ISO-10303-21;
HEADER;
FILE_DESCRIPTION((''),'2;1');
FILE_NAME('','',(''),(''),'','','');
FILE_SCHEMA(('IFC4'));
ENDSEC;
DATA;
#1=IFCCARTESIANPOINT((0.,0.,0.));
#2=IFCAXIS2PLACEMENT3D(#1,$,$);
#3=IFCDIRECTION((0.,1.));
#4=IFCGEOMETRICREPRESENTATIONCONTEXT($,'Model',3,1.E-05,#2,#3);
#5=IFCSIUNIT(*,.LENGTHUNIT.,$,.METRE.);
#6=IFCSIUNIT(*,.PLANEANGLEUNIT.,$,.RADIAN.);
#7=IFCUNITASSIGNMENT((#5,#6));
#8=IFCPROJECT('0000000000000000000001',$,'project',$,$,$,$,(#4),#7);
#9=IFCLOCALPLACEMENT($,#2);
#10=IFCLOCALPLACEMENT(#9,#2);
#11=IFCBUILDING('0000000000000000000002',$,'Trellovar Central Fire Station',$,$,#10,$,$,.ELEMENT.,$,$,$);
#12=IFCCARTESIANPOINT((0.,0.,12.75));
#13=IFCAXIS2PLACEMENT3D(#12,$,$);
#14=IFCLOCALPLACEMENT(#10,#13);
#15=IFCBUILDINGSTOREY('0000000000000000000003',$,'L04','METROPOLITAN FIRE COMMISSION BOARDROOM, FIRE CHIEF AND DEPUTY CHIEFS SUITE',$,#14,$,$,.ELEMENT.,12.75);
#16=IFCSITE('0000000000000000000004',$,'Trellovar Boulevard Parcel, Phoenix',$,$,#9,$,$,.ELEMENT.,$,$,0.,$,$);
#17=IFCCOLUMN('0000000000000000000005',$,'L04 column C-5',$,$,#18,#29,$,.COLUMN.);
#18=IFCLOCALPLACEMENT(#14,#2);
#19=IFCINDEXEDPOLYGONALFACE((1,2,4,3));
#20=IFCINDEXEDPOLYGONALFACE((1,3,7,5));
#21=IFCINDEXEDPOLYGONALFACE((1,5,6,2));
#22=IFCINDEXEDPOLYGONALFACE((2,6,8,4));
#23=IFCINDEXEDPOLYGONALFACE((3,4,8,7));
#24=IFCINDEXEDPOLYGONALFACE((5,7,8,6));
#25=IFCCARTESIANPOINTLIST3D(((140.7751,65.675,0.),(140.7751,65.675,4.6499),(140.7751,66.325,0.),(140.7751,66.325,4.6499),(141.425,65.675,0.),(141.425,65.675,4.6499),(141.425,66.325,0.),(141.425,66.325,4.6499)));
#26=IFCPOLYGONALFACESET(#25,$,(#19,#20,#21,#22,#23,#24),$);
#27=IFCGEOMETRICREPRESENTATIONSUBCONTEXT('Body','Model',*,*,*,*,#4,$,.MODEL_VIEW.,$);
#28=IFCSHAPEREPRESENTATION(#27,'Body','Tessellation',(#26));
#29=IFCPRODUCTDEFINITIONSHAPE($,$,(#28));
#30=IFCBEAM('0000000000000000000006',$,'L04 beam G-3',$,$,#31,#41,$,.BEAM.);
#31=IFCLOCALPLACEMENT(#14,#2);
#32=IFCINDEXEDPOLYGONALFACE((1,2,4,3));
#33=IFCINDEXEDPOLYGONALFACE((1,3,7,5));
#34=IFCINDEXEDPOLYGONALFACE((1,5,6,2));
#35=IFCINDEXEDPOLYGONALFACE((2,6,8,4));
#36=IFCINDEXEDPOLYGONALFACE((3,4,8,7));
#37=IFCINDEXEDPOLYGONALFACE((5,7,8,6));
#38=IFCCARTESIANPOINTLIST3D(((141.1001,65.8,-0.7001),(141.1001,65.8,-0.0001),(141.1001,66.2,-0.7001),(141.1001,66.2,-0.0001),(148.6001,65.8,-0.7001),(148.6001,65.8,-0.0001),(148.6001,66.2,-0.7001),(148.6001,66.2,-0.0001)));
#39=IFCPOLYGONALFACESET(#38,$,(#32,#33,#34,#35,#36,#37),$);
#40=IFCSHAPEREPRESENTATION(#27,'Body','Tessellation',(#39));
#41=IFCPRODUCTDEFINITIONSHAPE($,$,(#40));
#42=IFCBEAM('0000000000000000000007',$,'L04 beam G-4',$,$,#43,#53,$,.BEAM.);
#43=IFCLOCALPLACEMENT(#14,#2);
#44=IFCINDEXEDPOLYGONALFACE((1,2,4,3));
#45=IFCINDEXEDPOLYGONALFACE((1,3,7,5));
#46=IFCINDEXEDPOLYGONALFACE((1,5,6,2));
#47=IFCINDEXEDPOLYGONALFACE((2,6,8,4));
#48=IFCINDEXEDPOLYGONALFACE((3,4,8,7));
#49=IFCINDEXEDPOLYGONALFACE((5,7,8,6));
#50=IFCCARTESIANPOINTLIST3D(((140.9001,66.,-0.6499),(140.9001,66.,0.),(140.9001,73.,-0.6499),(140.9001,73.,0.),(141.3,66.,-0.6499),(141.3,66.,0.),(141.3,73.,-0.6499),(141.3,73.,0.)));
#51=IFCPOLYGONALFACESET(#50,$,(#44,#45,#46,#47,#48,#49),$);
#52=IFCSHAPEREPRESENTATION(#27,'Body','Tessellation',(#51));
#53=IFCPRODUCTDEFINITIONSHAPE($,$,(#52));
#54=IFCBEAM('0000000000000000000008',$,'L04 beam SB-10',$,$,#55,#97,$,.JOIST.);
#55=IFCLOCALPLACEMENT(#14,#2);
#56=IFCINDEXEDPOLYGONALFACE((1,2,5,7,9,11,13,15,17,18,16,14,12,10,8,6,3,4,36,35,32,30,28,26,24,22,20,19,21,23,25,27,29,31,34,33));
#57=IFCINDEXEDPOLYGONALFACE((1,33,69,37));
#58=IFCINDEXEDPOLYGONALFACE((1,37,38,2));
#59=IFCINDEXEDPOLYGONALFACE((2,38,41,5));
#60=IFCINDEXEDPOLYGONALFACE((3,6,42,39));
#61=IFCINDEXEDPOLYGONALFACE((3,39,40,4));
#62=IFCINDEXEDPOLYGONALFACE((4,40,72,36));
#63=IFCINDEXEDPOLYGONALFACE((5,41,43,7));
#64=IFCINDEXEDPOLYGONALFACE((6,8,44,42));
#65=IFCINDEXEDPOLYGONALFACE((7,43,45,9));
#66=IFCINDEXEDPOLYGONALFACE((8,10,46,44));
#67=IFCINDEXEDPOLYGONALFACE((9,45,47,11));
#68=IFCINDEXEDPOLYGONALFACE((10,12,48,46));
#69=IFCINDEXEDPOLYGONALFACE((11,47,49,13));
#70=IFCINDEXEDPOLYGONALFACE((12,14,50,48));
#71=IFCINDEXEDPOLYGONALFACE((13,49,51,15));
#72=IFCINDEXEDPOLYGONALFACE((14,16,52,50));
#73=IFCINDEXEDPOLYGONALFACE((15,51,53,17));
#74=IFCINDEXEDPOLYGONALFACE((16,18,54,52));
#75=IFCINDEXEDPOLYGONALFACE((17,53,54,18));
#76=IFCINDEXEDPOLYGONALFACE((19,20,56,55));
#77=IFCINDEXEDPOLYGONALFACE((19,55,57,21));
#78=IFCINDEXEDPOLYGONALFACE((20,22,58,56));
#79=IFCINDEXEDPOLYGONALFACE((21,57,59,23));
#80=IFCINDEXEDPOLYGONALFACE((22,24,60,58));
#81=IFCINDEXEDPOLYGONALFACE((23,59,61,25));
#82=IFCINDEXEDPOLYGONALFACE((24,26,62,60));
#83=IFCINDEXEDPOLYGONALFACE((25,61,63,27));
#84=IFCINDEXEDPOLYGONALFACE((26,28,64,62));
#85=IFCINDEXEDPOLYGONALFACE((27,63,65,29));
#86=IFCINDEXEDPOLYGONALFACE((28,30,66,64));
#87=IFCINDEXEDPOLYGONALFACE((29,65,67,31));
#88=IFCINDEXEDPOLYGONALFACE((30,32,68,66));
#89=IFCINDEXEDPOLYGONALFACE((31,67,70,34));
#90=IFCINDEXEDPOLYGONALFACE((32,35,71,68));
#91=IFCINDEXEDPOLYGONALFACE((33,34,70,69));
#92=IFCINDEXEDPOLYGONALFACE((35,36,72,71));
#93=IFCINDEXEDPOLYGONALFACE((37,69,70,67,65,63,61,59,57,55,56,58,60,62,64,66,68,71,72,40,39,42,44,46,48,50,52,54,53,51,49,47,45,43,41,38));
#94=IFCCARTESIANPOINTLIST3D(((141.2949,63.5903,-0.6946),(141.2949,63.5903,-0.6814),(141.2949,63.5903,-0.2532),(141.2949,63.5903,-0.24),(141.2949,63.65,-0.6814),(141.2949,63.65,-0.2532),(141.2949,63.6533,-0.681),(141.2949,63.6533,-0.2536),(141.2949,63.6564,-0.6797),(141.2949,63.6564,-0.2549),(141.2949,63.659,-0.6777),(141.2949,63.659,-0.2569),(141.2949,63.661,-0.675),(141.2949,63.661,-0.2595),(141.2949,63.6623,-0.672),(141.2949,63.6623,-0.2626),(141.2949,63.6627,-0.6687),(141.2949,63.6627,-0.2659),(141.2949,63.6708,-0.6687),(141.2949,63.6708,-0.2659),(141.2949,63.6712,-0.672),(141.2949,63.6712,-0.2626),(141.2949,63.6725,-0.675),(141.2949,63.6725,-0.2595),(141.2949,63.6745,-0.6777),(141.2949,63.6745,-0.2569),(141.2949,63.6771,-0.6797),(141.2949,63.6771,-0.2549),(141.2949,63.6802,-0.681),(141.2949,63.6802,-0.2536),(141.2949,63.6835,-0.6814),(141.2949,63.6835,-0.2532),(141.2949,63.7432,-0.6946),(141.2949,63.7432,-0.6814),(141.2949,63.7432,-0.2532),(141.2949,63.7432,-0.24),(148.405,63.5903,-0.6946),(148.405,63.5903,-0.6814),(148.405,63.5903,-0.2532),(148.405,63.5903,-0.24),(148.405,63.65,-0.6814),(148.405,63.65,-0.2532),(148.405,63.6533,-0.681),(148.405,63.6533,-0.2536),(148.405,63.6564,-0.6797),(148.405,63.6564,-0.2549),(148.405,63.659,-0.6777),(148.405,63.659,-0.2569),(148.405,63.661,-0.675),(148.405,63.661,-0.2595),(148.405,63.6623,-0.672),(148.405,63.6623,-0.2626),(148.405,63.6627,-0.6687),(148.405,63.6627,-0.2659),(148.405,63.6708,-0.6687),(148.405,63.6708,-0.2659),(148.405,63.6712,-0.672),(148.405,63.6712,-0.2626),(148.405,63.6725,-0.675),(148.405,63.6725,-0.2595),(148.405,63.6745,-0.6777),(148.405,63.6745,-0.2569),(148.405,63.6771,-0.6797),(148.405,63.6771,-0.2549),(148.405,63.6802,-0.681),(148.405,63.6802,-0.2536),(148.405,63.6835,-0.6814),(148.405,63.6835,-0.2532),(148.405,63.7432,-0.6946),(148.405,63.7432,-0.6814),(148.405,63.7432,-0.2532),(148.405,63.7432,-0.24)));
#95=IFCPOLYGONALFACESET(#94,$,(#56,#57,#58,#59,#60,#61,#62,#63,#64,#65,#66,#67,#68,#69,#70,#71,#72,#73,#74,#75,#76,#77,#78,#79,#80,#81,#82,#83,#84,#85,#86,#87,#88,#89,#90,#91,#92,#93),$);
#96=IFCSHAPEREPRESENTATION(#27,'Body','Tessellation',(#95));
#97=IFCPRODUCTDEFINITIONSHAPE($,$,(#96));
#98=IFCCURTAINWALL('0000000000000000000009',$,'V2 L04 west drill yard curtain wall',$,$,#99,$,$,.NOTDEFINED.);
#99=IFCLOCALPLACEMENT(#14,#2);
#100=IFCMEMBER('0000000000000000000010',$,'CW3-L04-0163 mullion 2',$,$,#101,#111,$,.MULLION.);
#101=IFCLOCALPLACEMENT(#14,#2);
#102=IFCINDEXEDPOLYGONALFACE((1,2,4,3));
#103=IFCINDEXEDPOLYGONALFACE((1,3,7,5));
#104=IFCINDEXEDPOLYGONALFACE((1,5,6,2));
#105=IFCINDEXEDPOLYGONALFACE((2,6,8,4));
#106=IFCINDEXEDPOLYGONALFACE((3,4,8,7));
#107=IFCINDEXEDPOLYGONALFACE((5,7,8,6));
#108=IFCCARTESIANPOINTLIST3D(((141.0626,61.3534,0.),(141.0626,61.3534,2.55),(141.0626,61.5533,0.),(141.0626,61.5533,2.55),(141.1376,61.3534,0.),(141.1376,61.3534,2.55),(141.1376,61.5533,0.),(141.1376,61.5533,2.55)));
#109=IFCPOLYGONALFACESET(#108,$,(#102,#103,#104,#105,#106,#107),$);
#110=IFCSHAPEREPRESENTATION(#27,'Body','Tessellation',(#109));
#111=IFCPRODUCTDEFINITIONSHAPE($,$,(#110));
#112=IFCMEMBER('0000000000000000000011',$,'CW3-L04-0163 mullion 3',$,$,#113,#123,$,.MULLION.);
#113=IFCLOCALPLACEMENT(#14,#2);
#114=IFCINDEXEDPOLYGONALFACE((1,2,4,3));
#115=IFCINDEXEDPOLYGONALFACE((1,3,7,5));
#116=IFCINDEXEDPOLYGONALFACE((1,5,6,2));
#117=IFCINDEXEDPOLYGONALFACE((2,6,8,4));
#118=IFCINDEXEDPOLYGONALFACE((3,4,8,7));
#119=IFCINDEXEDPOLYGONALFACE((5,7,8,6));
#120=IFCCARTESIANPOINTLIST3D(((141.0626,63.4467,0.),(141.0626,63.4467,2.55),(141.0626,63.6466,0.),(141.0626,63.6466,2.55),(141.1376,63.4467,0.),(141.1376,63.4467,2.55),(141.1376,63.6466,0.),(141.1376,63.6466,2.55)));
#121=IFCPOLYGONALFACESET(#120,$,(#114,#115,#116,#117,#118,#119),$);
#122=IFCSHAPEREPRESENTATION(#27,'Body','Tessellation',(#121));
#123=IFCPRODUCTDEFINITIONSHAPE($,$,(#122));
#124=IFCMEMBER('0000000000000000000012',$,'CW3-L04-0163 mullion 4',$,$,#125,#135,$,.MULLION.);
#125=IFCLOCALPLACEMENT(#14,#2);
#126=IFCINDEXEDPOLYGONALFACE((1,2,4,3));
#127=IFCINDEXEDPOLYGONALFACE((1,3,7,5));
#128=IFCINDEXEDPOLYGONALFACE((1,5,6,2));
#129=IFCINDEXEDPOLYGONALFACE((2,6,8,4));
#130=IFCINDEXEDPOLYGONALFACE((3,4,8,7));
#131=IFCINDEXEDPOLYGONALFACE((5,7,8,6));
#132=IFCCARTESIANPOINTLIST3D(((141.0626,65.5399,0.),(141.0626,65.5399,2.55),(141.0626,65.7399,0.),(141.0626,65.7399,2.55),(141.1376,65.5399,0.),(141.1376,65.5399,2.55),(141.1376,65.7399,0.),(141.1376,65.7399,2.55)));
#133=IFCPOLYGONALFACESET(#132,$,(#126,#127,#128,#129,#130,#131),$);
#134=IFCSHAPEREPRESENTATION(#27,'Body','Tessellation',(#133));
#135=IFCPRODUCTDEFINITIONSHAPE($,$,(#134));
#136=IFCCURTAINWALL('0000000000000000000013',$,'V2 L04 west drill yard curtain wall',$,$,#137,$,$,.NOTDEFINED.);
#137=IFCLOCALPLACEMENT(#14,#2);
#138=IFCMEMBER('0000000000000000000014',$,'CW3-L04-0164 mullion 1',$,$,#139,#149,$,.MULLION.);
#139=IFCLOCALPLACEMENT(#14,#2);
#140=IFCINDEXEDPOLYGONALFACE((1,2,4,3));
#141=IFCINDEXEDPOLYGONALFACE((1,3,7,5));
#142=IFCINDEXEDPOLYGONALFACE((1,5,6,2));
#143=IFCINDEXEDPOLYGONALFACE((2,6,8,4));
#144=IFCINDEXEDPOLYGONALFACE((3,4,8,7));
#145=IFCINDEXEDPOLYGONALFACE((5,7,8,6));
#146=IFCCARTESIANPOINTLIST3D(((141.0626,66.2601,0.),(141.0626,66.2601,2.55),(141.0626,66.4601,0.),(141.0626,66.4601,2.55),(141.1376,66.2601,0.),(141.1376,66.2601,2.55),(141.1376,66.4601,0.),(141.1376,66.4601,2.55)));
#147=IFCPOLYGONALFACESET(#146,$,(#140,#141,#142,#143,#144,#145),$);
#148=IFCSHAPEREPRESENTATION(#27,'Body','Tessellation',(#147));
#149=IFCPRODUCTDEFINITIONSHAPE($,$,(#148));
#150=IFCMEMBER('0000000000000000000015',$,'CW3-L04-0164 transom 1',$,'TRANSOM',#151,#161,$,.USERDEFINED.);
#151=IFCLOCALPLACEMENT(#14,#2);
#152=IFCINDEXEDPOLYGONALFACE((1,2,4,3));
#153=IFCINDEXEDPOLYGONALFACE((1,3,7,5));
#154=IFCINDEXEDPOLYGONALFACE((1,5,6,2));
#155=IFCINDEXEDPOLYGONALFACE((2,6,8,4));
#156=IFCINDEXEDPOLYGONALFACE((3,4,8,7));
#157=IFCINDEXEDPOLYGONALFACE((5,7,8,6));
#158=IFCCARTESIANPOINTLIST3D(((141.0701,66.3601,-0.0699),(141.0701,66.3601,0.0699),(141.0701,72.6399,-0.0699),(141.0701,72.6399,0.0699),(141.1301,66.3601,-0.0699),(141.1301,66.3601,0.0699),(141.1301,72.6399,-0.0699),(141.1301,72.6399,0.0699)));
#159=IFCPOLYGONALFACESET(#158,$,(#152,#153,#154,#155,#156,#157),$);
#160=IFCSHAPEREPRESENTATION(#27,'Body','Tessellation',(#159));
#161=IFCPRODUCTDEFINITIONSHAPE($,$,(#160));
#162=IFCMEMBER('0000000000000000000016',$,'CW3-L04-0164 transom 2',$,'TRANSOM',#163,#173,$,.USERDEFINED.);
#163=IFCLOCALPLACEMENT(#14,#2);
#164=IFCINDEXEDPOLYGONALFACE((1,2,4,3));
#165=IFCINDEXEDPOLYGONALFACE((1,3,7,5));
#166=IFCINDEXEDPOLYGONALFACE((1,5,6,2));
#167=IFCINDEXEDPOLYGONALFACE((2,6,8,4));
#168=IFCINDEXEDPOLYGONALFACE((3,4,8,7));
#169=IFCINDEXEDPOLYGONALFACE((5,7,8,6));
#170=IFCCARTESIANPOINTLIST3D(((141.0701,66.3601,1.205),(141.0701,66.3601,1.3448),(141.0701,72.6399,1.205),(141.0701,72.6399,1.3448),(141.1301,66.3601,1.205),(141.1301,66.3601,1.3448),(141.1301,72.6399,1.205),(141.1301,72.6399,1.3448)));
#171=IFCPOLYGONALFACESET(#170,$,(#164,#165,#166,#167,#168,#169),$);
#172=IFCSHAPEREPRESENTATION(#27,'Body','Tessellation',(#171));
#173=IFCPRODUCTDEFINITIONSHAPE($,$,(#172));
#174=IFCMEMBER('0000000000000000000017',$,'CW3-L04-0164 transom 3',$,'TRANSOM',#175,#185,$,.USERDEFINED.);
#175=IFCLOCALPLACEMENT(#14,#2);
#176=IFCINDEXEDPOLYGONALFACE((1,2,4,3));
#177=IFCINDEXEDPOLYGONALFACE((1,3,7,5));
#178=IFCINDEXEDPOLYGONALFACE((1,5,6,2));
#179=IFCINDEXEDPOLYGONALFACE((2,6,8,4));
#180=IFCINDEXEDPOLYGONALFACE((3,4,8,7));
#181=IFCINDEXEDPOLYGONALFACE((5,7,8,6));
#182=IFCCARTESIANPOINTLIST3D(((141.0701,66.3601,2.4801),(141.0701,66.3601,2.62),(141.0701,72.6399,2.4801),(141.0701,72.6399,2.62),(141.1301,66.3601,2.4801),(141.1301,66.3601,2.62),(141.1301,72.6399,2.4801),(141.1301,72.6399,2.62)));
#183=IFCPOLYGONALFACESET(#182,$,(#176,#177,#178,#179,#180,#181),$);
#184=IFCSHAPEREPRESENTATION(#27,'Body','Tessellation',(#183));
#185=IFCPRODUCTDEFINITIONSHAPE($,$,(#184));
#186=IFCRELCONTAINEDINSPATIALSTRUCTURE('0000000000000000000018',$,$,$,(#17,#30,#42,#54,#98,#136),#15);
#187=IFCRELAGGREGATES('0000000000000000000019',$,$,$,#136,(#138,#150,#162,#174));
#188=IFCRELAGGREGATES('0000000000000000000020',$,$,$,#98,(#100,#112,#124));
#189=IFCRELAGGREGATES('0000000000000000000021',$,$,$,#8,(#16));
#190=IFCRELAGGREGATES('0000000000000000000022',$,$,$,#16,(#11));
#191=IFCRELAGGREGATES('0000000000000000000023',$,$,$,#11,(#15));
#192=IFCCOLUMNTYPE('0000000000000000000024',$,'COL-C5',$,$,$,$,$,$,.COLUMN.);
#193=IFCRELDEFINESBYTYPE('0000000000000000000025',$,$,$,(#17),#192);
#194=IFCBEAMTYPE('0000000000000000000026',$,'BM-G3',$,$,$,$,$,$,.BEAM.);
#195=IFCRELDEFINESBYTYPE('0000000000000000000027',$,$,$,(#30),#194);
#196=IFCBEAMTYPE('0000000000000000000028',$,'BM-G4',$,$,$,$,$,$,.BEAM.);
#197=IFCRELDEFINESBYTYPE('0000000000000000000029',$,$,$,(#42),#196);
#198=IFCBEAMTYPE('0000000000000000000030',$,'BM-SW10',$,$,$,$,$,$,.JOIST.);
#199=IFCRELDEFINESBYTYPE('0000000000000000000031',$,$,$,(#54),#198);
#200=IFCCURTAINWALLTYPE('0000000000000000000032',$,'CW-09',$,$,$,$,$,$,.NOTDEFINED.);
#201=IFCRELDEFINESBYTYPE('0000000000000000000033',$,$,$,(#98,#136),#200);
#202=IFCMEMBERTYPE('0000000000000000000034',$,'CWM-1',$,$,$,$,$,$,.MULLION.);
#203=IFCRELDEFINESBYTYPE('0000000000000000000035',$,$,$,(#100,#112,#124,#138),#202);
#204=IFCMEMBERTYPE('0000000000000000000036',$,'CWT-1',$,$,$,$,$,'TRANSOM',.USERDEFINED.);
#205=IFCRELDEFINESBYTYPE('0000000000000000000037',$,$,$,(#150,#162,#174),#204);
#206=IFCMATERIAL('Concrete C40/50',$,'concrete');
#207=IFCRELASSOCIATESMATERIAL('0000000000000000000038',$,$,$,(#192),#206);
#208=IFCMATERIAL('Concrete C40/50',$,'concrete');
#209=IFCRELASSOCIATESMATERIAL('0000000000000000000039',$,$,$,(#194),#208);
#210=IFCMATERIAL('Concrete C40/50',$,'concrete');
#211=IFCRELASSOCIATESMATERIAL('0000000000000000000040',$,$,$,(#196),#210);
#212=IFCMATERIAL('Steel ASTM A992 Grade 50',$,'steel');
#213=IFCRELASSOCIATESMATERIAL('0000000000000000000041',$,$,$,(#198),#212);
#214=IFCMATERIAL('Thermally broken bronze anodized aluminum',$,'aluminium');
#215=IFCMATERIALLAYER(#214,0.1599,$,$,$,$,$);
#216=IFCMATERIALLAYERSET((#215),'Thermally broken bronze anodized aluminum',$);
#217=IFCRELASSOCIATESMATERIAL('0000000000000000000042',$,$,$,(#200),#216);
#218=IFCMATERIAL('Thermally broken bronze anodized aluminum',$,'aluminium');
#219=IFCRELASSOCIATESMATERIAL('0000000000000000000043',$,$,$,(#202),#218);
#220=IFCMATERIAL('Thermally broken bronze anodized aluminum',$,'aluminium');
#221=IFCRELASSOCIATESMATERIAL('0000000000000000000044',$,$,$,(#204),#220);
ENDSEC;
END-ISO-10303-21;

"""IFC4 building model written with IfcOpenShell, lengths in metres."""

from ifc_helpers import new_model, si_unit, direction, frame, origin, origin_2d, place, context, subcontext, project, spatial, rectangle, i_section, extrude, material, layer, layer_set, material_profile, profile_set, type_object, element, aggregate, save


model = new_model("IFC4")

# Units and contexts
model_context = context("Model", 3, precision=1e-05, world=origin(), true_north=direction((0.0, 1.0)))
body_context = subcontext(model_context, "Body", "Model", "MODEL_VIEW")
ifc_project = project(units=[si_unit("LENGTHUNIT", "METRE"), si_unit("PLANEANGLEUNIT", "RADIAN")], contexts=[model_context])

# Site, building, storey
site_placement = place(None, origin())
site = spatial("IfcSite", under=ifc_project, at=site_placement, Name="Trellovar Boulevard Parcel, Phoenix", CompositionType="ELEMENT", RefElevation=0.0)
building_placement = place(site_placement, origin())
building = spatial("IfcBuilding", under=site, at=building_placement, Name="Trellovar Central Fire Station", CompositionType="ELEMENT")
storey_placement = place(building_placement, frame((0.0, 0.0, 12.75)))
storey = spatial("IfcBuildingStorey", under=building, at=storey_placement, Name="L04", Description="METROPOLITAN FIRE COMMISSION BOARDROOM, FIRE CHIEF AND DEPUTY CHIEFS SUITE", CompositionType="ELEMENT", Elevation=12.75)

# Column
ifc_material_1 = material(Name="Concrete C40/50", Category="concrete")
ifc_material_profile_1 = material_profile(ifc_material_1, rectangle(XDim=0.6499, YDim=0.6499, at=origin_2d()), Name="RC650X650")
ifc_profile_set_1 = profile_set([ifc_material_profile_1], Name="Concrete C40/50")
column_type = type_object("IfcColumnType", Name="COL-C5", PredefinedType="COLUMN", material=ifc_profile_set_1)
column_placement = place(storey_placement, frame((141.1001, 66.0, 0.0), z_axis=(0.0, 0.0, 1.0), x_axis=(1.0, 0.0, 0.0)))
element("IfcColumn", 1, at=column_placement, inside=storey, type_object=column_type, Name="L04 column C-5", PredefinedType="COLUMN", context=body_context, shape_type="SweptSolid", body=[
    extrude(rectangle(XDim=0.6499, YDim=0.6499, at=origin_2d()), origin(), (0.0, 0.0, 1.0), 4.6499),
])

# Beams
ifc_material_2 = material(Name="Concrete C40/50", Category="concrete")
ifc_material_profile_2 = material_profile(ifc_material_2, rectangle(XDim=0.3999, YDim=0.7, at=origin_2d()), Name="RC400X700")
ifc_profile_set_2 = profile_set([ifc_material_profile_2], Name="Concrete C40/50")
beam_type_1 = type_object("IfcBeamType", Name="BM-G3", PredefinedType="BEAM", material=ifc_profile_set_2)
beam_1_placement = place(storey_placement, frame((141.1001, 66.0, -0.3501), z_axis=(1.0, 0.0, 0.0), x_axis=(0.0, 1.0, 0.0)))
element("IfcBeam", 2, at=beam_1_placement, inside=storey, type_object=beam_type_1, Name="L04 beam G-3", PredefinedType="BEAM", context=body_context, shape_type="SweptSolid", body=[
    extrude(rectangle(XDim=0.3999, YDim=0.7, at=origin_2d()), origin(), (0.0, 0.0, 1.0), 7.5),
])
ifc_material_3 = material(Name="Concrete C40/50", Category="concrete")
ifc_material_profile_3 = material_profile(ifc_material_3, rectangle(XDim=0.3999, YDim=0.6499, at=origin_2d()), Name="RC400X650")
ifc_profile_set_3 = profile_set([ifc_material_profile_3], Name="Concrete C40/50")
beam_type_2 = type_object("IfcBeamType", Name="BM-G4", PredefinedType="BEAM", material=ifc_profile_set_3)
beam_2_placement = place(storey_placement, frame((141.1001, 66.0, -0.325), z_axis=(0.0, 1.0, 0.0), x_axis=(-1.0, 0.0, 0.0)))
element("IfcBeam", 3, at=beam_2_placement, inside=storey, type_object=beam_type_2, Name="L04 beam G-4", PredefinedType="BEAM", context=body_context, shape_type="SweptSolid", body=[
    extrude(rectangle(XDim=0.3999, YDim=0.6499, at=origin_2d()), origin(), (0.0, 0.0, 1.0), 7.0),
])
ifc_material_4 = material(Name="Steel ASTM A992 Grade 50", Category="steel")
ifc_material_profile_4 = material_profile(ifc_material_4, i_section(OverallWidth=0.1528, OverallDepth=0.4546, WebThickness=0.0081, FlangeThickness=0.0132, FilletRadius=0.0127, at=origin_2d()), Name="W18X40")
ifc_profile_set_4 = profile_set([ifc_material_profile_4], Name="Steel ASTM A992 Grade 50")
beam_type_3 = type_object("IfcBeamType", Name="BM-SW10", PredefinedType="JOIST", material=ifc_profile_set_4)
beam_3_placement = place(storey_placement, frame((141.2949, 63.6667, -0.4673), z_axis=(1.0, 0.0, 0.0), x_axis=(0.0, 1.0, 0.0)))
element("IfcBeam", 4, at=beam_3_placement, inside=storey, type_object=beam_type_3, Name="L04 beam SB-10", PredefinedType="JOIST", context=body_context, shape_type="SweptSolid", body=[
    extrude(i_section(OverallWidth=0.1528, OverallDepth=0.4546, WebThickness=0.0081, FlangeThickness=0.0132, FilletRadius=0.0127, at=origin_2d()), origin(), (0.0, 0.0, 1.0), 7.1101),
])

# Curtain walls, members
ifc_material_5 = material(Name="Thermally broken bronze anodized aluminum", Category="aluminium")
ifc_layer_1 = layer(ifc_material_5, 0.1599)
ifc_layer_set_1 = layer_set([ifc_layer_1], Name="Thermally broken bronze anodized aluminum")
curtain_wall_type = type_object("IfcCurtainWallType", Name="CW-09", PredefinedType="NOTDEFINED", material=ifc_layer_set_1)
curtain_wall_1_placement = place(storey_placement, origin())
curtain_wall_1 = element("IfcCurtainWall", 5, at=curtain_wall_1_placement, inside=storey, type_object=curtain_wall_type, Name="V2 L04 west drill yard curtain wall", PredefinedType="NOTDEFINED")
ifc_material_6 = material(Name="Thermally broken bronze anodized aluminum", Category="aluminium")
ifc_material_profile_5 = material_profile(ifc_material_6, rectangle(XDim=0.075, YDim=0.2, at=origin_2d()), Name="ALU75X200")
ifc_profile_set_5 = profile_set([ifc_material_profile_5], Name="Thermally broken bronze anodized aluminum")
member_type_1 = type_object("IfcMemberType", Name="CWM-1", PredefinedType="MULLION", material=ifc_profile_set_5)
member_1_placement = place(storey_placement, frame((141.1001, 61.4534, 0.0), z_axis=(0.0, 0.0, 1.0), x_axis=(1.0, 0.0, 0.0)))
member_1 = element("IfcMember", 6, at=member_1_placement, type_object=member_type_1, Name="CW3-L04-0163 mullion 2", PredefinedType="MULLION", context=body_context, shape_type="SweptSolid", body=[
    extrude(rectangle(XDim=0.075, YDim=0.2, at=origin_2d()), origin(), (0.0, 0.0, 1.0), 2.55),
])
member_2_placement = place(storey_placement, frame((141.1001, 63.5466, 0.0), z_axis=(0.0, 0.0, 1.0), x_axis=(1.0, 0.0, 0.0)))
member_2 = element("IfcMember", 7, at=member_2_placement, type_object=member_type_1, Name="CW3-L04-0163 mullion 3", PredefinedType="MULLION", context=body_context, shape_type="SweptSolid", body=[
    extrude(rectangle(XDim=0.075, YDim=0.2, at=origin_2d()), origin(), (0.0, 0.0, 1.0), 2.55),
])
member_3_placement = place(storey_placement, frame((141.1001, 65.6399, 0.0), z_axis=(0.0, 0.0, 1.0), x_axis=(1.0, 0.0, 0.0)))
member_3 = element("IfcMember", 8, at=member_3_placement, type_object=member_type_1, Name="CW3-L04-0163 mullion 4", PredefinedType="MULLION", context=body_context, shape_type="SweptSolid", body=[
    extrude(rectangle(XDim=0.075, YDim=0.2, at=origin_2d()), origin(), (0.0, 0.0, 1.0), 2.55),
])
curtain_wall_2_placement = place(storey_placement, origin())
curtain_wall_2 = element("IfcCurtainWall", 9, at=curtain_wall_2_placement, inside=storey, type_object=curtain_wall_type, Name="V2 L04 west drill yard curtain wall", PredefinedType="NOTDEFINED")
member_4_placement = place(storey_placement, frame((141.1001, 66.3601, 0.0), z_axis=(0.0, 0.0, 1.0), x_axis=(1.0, 0.0, 0.0)))
member_4 = element("IfcMember", 10, at=member_4_placement, type_object=member_type_1, Name="CW3-L04-0164 mullion 1", PredefinedType="MULLION", context=body_context, shape_type="SweptSolid", body=[
    extrude(rectangle(XDim=0.075, YDim=0.2, at=origin_2d()), origin(), (0.0, 0.0, 1.0), 2.55),
])
ifc_material_7 = material(Name="Thermally broken bronze anodized aluminum", Category="aluminium")
ifc_material_profile_6 = material_profile(ifc_material_7, rectangle(XDim=0.0601, YDim=0.1399, at=origin_2d()), Name="ALU60X140")
ifc_profile_set_6 = profile_set([ifc_material_profile_6], Name="Thermally broken bronze anodized aluminum")
member_type_2 = type_object("IfcMemberType", Name="CWT-1", ElementType="TRANSOM", PredefinedType="USERDEFINED", material=ifc_profile_set_6)
member_5_placement = place(storey_placement, frame((141.1001, 66.3601, 0.0), z_axis=(0.0, 1.0, 0.0), x_axis=(-1.0, 0.0, 0.0)))
member_5 = element("IfcMember", 11, at=member_5_placement, type_object=member_type_2, Name="CW3-L04-0164 transom 1", ObjectType="TRANSOM", PredefinedType="USERDEFINED", context=body_context, shape_type="SweptSolid", body=[
    extrude(rectangle(XDim=0.0601, YDim=0.1399, at=origin_2d()), origin(), (0.0, 0.0, 1.0), 6.2798),
])
member_6_placement = place(storey_placement, frame((141.1001, 66.3601, 1.2749), z_axis=(0.0, 1.0, 0.0), x_axis=(-1.0, 0.0, 0.0)))
member_6 = element("IfcMember", 12, at=member_6_placement, type_object=member_type_2, Name="CW3-L04-0164 transom 2", ObjectType="TRANSOM", PredefinedType="USERDEFINED", context=body_context, shape_type="SweptSolid", body=[
    extrude(rectangle(XDim=0.0601, YDim=0.1399, at=origin_2d()), origin(), (0.0, 0.0, 1.0), 6.2798),
])
member_7_placement = place(storey_placement, frame((141.1001, 66.3601, 2.55), z_axis=(0.0, 1.0, 0.0), x_axis=(-1.0, 0.0, 0.0)))
member_7 = element("IfcMember", 13, at=member_7_placement, type_object=member_type_2, Name="CW3-L04-0164 transom 3", ObjectType="TRANSOM", PredefinedType="USERDEFINED", context=body_context, shape_type="SweptSolid", body=[
    extrude(rectangle(XDim=0.0601, YDim=0.1399, at=origin_2d()), origin(), (0.0, 0.0, 1.0), 6.2798),
])

aggregate(curtain_wall_2, [member_4, member_5, member_6, member_7])
aggregate(curtain_wall_1, [member_1, member_2, member_3])

save(model, "model.ifc")
